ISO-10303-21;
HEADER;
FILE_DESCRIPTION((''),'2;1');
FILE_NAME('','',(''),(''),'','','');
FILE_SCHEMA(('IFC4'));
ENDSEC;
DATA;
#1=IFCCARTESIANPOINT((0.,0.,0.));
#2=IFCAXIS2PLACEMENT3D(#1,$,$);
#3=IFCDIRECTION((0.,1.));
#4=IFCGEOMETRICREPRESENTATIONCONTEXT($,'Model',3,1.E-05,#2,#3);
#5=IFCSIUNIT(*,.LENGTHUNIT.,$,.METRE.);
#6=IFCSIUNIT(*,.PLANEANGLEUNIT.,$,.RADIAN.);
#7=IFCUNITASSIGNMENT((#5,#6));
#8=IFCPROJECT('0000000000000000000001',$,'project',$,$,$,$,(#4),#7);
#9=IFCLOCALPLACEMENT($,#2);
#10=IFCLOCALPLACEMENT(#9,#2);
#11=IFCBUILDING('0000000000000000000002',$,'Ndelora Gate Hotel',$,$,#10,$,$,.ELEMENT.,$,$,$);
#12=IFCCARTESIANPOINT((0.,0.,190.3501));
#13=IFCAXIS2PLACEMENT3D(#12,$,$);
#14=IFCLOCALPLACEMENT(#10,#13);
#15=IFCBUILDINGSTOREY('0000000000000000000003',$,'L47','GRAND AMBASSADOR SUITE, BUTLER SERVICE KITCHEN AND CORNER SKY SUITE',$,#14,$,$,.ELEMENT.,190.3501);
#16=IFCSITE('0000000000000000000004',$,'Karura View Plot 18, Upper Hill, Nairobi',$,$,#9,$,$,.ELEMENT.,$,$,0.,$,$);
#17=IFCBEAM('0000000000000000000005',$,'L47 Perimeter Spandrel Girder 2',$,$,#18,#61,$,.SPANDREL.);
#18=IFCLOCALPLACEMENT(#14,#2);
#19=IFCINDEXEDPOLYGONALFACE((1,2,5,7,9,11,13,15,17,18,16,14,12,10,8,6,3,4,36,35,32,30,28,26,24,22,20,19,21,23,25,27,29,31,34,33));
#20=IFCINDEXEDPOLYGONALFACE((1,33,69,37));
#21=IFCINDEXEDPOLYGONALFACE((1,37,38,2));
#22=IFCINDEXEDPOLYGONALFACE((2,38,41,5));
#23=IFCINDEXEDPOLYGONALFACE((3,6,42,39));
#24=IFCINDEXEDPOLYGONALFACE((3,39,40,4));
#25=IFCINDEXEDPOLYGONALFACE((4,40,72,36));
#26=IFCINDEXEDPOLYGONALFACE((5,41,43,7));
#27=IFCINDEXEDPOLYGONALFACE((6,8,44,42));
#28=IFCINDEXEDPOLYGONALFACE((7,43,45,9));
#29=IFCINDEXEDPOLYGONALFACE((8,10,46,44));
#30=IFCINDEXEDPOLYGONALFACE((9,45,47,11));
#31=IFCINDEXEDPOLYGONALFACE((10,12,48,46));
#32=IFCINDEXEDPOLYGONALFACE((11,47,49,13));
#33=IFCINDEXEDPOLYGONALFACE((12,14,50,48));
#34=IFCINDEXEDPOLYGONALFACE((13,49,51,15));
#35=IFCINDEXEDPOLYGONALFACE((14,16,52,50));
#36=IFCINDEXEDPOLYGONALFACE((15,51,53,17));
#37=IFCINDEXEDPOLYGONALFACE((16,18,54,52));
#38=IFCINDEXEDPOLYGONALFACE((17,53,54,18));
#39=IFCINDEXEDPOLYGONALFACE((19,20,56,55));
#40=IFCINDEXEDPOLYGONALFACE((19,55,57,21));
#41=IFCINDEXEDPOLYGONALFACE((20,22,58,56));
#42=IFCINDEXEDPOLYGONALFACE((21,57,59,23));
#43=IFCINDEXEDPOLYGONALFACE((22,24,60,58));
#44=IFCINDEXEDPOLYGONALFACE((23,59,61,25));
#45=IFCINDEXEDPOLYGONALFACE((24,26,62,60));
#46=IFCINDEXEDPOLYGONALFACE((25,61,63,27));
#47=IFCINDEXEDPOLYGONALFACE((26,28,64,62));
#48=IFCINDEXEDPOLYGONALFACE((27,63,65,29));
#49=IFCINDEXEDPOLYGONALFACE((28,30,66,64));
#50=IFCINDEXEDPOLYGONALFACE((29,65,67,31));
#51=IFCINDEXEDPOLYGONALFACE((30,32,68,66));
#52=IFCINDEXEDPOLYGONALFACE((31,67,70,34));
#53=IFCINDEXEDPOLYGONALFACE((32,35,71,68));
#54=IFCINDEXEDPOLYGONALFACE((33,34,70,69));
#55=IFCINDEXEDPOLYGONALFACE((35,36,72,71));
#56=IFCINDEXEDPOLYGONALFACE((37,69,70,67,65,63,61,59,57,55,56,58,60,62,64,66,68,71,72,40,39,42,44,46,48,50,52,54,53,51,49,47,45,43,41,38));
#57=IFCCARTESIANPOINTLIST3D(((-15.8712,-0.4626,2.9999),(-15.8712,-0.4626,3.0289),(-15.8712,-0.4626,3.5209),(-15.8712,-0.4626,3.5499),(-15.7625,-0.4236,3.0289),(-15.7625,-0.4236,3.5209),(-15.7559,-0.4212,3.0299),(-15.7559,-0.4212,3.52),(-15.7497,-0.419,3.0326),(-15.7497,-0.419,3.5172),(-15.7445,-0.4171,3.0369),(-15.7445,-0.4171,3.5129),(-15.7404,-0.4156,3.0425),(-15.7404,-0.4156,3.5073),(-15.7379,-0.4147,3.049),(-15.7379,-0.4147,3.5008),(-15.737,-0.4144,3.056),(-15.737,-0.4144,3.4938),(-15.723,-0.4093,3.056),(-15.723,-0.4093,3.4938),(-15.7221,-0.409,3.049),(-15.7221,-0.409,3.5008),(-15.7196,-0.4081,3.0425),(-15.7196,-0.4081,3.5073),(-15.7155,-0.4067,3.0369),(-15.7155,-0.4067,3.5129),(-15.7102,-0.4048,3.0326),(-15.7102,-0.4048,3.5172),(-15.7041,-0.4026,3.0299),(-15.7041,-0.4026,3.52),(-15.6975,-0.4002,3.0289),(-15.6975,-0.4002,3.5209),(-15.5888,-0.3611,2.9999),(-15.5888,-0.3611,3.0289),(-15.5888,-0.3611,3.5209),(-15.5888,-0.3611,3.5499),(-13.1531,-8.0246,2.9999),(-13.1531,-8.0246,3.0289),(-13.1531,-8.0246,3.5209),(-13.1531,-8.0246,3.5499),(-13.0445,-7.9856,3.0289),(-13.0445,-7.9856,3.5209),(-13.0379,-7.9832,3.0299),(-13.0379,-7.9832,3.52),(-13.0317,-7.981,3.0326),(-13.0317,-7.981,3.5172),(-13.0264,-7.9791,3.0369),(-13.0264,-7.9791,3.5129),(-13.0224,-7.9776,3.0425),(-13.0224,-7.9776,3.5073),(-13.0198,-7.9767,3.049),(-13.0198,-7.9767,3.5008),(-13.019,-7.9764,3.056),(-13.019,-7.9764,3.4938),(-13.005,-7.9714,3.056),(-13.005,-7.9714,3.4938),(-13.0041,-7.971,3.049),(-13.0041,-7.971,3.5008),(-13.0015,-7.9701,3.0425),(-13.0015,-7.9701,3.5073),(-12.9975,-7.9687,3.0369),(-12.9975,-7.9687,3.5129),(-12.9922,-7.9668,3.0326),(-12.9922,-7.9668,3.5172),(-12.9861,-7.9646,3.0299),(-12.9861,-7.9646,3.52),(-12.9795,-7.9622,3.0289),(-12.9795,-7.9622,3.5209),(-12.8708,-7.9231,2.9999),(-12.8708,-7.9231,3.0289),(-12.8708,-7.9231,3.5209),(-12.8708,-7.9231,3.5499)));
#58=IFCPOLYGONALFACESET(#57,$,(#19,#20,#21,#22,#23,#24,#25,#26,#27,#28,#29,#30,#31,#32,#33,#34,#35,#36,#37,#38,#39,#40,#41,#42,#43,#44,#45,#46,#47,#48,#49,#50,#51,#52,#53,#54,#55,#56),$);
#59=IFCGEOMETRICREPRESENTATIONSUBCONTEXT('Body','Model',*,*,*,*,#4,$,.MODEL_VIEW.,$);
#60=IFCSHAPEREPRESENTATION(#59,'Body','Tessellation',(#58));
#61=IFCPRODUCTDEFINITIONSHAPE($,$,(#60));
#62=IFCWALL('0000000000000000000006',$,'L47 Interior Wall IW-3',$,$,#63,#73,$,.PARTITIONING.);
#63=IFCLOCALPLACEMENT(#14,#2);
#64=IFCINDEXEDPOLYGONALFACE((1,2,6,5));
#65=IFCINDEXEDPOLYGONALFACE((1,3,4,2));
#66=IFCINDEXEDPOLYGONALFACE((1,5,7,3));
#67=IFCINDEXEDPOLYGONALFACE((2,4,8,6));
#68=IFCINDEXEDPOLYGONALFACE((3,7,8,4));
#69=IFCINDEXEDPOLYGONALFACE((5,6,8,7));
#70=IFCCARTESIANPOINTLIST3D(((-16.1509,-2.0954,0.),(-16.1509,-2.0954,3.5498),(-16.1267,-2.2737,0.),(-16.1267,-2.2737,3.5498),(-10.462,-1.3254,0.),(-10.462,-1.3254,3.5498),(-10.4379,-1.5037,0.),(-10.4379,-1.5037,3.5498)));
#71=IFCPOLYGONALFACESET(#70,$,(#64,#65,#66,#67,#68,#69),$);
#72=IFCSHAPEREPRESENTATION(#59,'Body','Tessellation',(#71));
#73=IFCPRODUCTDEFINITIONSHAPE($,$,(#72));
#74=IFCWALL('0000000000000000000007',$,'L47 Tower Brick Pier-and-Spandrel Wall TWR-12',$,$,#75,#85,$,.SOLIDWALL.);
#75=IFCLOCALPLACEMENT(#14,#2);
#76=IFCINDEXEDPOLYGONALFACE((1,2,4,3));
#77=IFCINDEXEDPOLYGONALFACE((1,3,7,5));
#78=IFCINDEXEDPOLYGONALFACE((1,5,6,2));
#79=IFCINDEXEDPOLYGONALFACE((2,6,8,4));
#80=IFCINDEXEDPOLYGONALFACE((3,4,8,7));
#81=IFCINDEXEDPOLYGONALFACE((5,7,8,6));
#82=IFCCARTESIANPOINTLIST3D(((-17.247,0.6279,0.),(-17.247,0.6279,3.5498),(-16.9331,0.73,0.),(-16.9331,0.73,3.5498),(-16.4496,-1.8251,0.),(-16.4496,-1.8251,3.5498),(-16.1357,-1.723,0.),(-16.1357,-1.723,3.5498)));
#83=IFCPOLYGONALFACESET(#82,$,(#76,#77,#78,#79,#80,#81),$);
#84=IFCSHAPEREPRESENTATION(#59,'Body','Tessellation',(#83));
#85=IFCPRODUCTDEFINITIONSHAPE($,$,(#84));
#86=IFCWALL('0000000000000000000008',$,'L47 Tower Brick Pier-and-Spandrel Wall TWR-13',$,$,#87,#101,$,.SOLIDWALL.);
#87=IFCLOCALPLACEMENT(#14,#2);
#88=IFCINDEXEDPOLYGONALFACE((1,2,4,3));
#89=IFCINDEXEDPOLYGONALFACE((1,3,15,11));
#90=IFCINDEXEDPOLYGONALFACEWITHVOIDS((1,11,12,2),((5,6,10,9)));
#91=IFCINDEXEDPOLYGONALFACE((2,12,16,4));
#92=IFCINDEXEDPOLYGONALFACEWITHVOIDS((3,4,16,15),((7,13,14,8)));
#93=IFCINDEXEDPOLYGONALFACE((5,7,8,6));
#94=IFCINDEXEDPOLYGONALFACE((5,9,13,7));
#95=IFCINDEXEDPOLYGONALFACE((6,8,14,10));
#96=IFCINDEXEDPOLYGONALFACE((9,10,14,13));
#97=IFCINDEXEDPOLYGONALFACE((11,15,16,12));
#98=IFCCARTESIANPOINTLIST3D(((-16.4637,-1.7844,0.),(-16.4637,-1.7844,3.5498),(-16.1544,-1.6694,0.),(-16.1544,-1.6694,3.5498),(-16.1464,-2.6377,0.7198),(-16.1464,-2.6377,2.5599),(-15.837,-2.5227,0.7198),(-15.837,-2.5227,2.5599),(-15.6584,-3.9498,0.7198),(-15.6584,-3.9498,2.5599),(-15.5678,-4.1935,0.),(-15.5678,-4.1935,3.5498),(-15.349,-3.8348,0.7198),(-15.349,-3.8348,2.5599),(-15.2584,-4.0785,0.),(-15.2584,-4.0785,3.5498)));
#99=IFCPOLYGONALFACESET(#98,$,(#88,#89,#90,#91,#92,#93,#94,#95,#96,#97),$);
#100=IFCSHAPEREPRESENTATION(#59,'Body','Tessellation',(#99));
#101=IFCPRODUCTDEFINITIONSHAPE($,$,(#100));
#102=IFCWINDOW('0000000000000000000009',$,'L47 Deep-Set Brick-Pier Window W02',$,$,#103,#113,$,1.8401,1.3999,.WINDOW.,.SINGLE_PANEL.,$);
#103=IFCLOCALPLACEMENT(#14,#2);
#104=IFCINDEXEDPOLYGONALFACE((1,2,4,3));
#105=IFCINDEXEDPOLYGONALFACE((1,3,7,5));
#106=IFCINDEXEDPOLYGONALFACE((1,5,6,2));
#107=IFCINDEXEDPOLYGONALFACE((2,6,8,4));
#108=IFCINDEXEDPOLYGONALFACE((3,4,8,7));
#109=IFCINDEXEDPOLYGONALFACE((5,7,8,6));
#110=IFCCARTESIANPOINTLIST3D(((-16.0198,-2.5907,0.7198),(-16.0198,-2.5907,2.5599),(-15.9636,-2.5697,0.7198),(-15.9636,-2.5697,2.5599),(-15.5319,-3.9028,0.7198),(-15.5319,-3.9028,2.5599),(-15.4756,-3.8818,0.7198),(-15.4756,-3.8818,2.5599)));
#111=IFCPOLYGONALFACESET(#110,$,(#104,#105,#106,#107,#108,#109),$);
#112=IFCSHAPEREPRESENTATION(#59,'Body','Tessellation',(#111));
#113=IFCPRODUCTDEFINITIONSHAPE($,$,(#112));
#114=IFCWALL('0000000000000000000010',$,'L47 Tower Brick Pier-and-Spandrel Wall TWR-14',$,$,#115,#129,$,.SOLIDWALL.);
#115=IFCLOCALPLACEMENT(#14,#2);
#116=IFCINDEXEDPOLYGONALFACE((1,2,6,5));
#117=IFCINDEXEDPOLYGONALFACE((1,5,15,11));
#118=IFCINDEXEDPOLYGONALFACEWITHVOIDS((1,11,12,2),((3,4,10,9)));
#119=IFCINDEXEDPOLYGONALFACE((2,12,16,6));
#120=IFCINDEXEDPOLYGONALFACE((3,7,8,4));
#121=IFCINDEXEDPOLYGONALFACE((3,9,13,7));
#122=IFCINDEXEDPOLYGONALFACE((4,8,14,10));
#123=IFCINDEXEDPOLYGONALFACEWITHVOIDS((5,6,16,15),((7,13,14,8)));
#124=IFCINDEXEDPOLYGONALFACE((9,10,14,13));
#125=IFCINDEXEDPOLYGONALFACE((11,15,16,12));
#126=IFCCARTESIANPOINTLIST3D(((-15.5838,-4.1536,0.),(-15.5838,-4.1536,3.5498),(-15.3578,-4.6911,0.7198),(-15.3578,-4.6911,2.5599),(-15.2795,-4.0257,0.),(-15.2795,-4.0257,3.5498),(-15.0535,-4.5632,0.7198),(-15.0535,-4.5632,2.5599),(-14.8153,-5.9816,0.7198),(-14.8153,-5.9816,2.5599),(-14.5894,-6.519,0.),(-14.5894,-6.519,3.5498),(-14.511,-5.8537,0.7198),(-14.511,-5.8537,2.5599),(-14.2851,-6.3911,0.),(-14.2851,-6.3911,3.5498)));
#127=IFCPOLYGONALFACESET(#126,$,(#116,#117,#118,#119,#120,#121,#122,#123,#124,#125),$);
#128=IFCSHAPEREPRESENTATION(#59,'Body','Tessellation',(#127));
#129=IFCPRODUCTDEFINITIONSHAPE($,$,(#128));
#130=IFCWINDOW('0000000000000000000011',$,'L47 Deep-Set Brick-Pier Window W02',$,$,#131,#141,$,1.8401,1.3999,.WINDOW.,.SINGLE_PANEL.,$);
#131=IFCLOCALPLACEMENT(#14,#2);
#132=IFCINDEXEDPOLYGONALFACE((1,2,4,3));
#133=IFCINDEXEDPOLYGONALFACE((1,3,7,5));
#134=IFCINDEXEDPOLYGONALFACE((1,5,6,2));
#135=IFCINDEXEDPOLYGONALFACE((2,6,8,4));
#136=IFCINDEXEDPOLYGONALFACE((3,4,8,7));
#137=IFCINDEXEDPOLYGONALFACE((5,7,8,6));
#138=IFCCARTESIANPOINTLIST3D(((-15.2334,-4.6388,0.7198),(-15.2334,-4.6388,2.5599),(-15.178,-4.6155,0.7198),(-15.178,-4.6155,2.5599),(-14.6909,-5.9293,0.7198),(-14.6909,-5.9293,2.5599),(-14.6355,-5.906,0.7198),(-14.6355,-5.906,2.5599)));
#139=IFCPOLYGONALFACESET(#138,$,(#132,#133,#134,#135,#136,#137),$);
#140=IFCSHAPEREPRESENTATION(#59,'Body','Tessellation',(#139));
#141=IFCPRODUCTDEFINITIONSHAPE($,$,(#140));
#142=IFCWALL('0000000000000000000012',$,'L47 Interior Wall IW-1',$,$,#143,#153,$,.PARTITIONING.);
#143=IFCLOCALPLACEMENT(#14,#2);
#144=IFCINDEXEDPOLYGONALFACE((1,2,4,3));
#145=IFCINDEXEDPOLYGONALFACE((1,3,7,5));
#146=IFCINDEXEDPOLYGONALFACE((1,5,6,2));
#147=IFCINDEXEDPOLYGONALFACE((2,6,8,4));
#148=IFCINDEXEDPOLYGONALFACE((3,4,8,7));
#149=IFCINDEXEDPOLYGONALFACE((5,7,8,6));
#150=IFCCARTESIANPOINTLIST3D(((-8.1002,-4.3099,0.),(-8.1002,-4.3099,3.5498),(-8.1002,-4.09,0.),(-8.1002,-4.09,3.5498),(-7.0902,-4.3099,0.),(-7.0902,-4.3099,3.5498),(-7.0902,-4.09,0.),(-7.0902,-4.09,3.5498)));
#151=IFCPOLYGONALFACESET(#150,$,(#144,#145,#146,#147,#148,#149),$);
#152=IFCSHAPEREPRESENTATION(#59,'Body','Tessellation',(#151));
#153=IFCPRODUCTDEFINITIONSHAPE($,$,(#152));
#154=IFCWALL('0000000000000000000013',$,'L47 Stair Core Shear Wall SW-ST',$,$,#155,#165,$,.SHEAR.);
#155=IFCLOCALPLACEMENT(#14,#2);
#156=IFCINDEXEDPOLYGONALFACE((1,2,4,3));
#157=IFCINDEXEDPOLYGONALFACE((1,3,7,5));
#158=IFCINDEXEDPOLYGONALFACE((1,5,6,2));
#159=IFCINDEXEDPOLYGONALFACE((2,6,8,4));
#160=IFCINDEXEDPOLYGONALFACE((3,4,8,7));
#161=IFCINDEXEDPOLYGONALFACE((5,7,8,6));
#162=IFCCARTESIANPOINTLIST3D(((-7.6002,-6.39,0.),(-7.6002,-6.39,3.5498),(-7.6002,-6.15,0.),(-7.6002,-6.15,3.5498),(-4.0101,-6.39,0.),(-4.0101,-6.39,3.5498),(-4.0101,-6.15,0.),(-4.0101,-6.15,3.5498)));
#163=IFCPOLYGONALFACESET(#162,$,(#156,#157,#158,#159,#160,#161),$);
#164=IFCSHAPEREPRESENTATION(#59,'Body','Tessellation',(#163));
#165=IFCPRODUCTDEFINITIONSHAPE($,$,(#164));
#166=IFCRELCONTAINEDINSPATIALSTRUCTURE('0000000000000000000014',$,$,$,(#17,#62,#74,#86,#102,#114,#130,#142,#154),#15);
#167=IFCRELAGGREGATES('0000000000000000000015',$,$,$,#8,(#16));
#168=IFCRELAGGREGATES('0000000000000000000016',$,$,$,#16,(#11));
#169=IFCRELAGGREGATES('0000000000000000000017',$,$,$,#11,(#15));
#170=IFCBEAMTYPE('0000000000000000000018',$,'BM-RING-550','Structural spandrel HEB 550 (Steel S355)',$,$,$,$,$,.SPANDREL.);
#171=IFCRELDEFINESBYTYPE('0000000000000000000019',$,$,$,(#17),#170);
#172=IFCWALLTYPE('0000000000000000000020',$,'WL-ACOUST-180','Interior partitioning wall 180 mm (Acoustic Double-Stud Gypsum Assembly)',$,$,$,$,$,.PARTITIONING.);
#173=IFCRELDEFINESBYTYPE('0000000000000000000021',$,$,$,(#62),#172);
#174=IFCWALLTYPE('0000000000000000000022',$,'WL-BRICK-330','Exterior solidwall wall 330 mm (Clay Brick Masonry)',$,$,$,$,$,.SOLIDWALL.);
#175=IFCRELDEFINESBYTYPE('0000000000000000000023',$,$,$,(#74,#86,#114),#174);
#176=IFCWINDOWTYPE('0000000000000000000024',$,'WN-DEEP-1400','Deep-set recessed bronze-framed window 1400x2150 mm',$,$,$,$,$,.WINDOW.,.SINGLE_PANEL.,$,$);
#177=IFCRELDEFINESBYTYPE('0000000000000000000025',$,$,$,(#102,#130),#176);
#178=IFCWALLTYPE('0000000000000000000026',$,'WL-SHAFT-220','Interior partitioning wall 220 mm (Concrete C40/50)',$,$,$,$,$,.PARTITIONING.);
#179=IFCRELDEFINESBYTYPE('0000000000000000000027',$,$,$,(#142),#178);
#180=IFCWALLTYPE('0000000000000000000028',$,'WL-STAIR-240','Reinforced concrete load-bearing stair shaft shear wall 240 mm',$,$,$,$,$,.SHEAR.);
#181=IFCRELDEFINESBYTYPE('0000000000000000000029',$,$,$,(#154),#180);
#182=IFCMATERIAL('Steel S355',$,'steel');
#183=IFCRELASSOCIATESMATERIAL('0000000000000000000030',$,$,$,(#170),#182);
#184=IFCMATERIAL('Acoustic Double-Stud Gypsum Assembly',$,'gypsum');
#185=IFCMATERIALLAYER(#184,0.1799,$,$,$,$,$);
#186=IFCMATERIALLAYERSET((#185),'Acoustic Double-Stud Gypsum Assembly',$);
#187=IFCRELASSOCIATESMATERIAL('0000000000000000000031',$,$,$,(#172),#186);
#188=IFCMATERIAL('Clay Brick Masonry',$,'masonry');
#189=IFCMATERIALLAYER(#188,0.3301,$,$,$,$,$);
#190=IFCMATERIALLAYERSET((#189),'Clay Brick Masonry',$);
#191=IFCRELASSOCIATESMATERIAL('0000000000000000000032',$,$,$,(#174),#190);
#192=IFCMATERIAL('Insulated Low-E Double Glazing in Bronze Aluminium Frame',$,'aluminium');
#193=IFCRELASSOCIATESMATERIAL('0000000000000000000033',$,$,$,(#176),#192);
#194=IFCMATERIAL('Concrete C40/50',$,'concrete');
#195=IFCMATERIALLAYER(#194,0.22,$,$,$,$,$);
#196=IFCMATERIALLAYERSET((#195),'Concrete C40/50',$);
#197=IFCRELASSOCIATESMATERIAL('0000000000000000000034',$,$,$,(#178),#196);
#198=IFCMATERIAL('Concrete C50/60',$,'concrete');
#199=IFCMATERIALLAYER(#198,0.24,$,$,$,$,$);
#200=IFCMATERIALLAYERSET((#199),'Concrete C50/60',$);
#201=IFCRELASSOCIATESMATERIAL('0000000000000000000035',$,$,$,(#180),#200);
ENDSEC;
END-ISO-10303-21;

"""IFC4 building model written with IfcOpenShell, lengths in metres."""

from ifc_helpers import new_model, si_unit, direction, frame, frame_2d, origin, origin_2d, place, context, subcontext, project, spatial, rectangle, i_section, extrude, material, layer, layer_set, material_profile, profile_set, type_object, element, fill, save


model = new_model("IFC4")

# Units and contexts
model_context = context("Model", 3, precision=1e-05, world=origin(), true_north=direction((0.0, 1.0)))
body_context = subcontext(model_context, "Body", "Model", "MODEL_VIEW")
ifc_project = project(units=[si_unit("LENGTHUNIT", "METRE"), si_unit("PLANEANGLEUNIT", "RADIAN")], contexts=[model_context])

# Site, building, storey
site_placement = place(None, origin())
site = spatial("IfcSite", under=ifc_project, at=site_placement, Name="Karura View Plot 18, Upper Hill, Nairobi", CompositionType="ELEMENT", RefElevation=0.0)
building_placement = place(site_placement, origin())
building = spatial("IfcBuilding", under=site, at=building_placement, Name="Ndelora Gate Hotel", CompositionType="ELEMENT")
storey_placement = place(building_placement, frame((0.0, 0.0, 190.3501)))
storey = spatial("IfcBuildingStorey", under=building, at=storey_placement, Name="L47", Description="GRAND AMBASSADOR SUITE, BUTLER SERVICE KITCHEN AND CORNER SKY SUITE", CompositionType="ELEMENT", Elevation=190.3501)

# Shared definitions
ifc_material_1 = material(Name="Concrete C50/60", Category="concrete")

# Beam
ifc_material_2 = material(Name="Steel S355", Category="steel")
ifc_material_profile_1 = material_profile(ifc_material_2, i_section(OverallWidth=0.3, OverallDepth=0.55, WebThickness=0.0149, FlangeThickness=0.0291, FilletRadius=0.0271, at=origin_2d()), Name="HEB 550")
ifc_profile_set_1 = profile_set([ifc_material_profile_1], Name="Steel S355")
beam_type_1 = type_object("IfcBeamType", Name="BM-RING-550", Description="Structural spandrel HEB 550 (Steel S355)", PredefinedType="SPANDREL", material=ifc_profile_set_1)
beam_1_placement = place(storey_placement, frame((-15.73, -0.4119, 3.2749), z_axis=(0.338245, -0.941058, 0.0), x_axis=(0.941058, 0.338245, 0.0)))
element("IfcBeam", 1, at=beam_1_placement, inside=storey, type_object=beam_type_1, Name="L47 Perimeter Spandrel Girder 2", PredefinedType="SPANDREL", context=body_context, shape_type="SweptSolid", body=[
    extrude(i_section(OverallWidth=0.3, OverallDepth=0.55, WebThickness=0.0149, FlangeThickness=0.0291, FilletRadius=0.0271, at=origin_2d()), origin(), (0.0, 0.0, 1.0), 8.0356),
])

# Walls
ifc_material_3 = material(Name="Acoustic Double-Stud Gypsum Assembly", Category="gypsum")
ifc_layer_1 = layer(ifc_material_3, 0.1799)
ifc_layer_set_1 = layer_set([ifc_layer_1], Name="Acoustic Double-Stud Gypsum Assembly")
wall_type_1 = type_object("IfcWallType", Name="WL-ACOUST-180", Description="Interior partitioning wall 180 mm (Acoustic Double-Stud Gypsum Assembly)", PredefinedType="PARTITIONING", material=ifc_layer_set_1)
wall_1_placement = place(storey_placement, frame((-10.45, -1.4146, 0.0), z_axis=(0.0, 0.0, 1.0), x_axis=(-0.990964, -0.13413, 0.0)))
element("IfcWall", 2, at=wall_1_placement, inside=storey, type_object=wall_type_1, Name="L47 Interior Wall IW-3", PredefinedType="PARTITIONING", context=body_context, shape_type="SweptSolid", body=[
    extrude(rectangle(XDim=5.7407, YDim=0.1799, at=frame_2d((2.8704, 0.0))), origin(), (0.0, 0.0, 1.0), 3.5498),
])
ifc_material_4 = material(Name="Clay Brick Masonry", Category="masonry")
ifc_layer_2 = layer(ifc_material_4, 0.3301)
ifc_layer_set_2 = layer_set([ifc_layer_2], Name="Clay Brick Masonry")
wall_type_2 = type_object("IfcWallType", Name="WL-BRICK-330", Description="Exterior solidwall wall 330 mm (Clay Brick Masonry)", PredefinedType="SOLIDWALL", material=ifc_layer_set_2)
wall_2_placement = place(storey_placement, frame((-16.2927, -1.7739, 0.0), z_axis=(0.0, 0.0, 1.0), x_axis=(-0.309148, 0.951014, 0.0)))
element("IfcWall", 3, at=wall_2_placement, inside=storey, type_object=wall_type_2, Name="L47 Tower Brick Pier-and-Spandrel Wall TWR-12", PredefinedType="SOLIDWALL", context=body_context, shape_type="SweptSolid", body=[
    extrude(rectangle(XDim=2.5793, YDim=0.3301, at=frame_2d((1.2896, 0.0))), origin(), (0.0, 0.0, 1.0), 3.5498),
])

# Walls, openings, windows
wall_3_placement = place(storey_placement, frame((-15.4131, -4.136, 0.0), z_axis=(0.0, 0.0, 1.0), x_axis=(-0.348582, 0.937278, 0.0)))
wall_3 = element("IfcWall", 4, at=wall_3_placement, inside=storey, type_object=wall_type_2, Name="L47 Tower Brick Pier-and-Spandrel Wall TWR-13", PredefinedType="SOLIDWALL", context=body_context, shape_type="SweptSolid", body=[
    extrude(rectangle(XDim=2.5703, YDim=0.3301, at=frame_2d((1.2852, 0.0))), origin(), (0.0, 0.0, 1.0), 3.5498),
])
opening_1_placement = place(wall_3_placement, frame((0.26, 0.0, 0.72)))
opening_1 = element("IfcOpeningElement", 5, at=opening_1_placement, cuts=wall_3, PredefinedType="OPENING", context=body_context, shape_type="SweptSolid", body=[
    extrude(rectangle(XDim=1.3999, YDim=1.8401, at=frame_2d((0.7, 0.9199))), frame((0.0, 0.175, 0.0), z_axis=(0.0, -1.0, 0.0), x_axis=(1.0, 0.0, 0.0)), (0.0, 0.0, 1.0), 0.3501),
])
ifc_material_5 = material(Name="Insulated Low-E Double Glazing in Bronze Aluminium Frame", Category="aluminium")
window_type = type_object("IfcWindowType", Name="WN-DEEP-1400", Description="Deep-set recessed bronze-framed window 1400x2150 mm", PartitioningType="SINGLE_PANEL", PredefinedType="WINDOW", material=ifc_material_5)
window_1_placement = place(opening_1_placement, origin())
window_1 = element("IfcWindow", 6, at=window_1_placement, inside=storey, type_object=window_type, Name="L47 Deep-Set Brick-Pier Window W02", OverallHeight=1.8401, OverallWidth=1.3999, PartitioningType="SINGLE_PANEL", PredefinedType="WINDOW", context=body_context, shape_type="SweptSolid", body=[
    extrude(rectangle(XDim=1.3999, YDim=1.8401, at=frame_2d((0.7, 0.9199))), frame((0.0, 0.03, 0.0), z_axis=(0.0, -1.0, 0.0), x_axis=(1.0, 0.0, 0.0)), (0.0, 0.0, 1.0), 0.0601),
])
fill(opening_1, window_1)
wall_4_placement = place(storey_placement, frame((-14.4373, -6.4551, 0.0), z_axis=(0.0, 0.0, 1.0), x_axis=(-0.387525, 0.921859, 0.0)))
wall_4 = element("IfcWall", 7, at=wall_4_placement, inside=storey, type_object=wall_type_2, Name="L47 Tower Brick Pier-and-Spandrel Wall TWR-14", PredefinedType="SOLIDWALL", context=body_context, shape_type="SweptSolid", body=[
    extrude(rectangle(XDim=2.5659, YDim=0.3301, at=frame_2d((1.283, 0.0))), origin(), (0.0, 0.0, 1.0), 3.5498),
])
opening_2_placement = place(wall_4_placement, frame((0.583, 0.0, 0.72)))
opening_2 = element("IfcOpeningElement", 8, at=opening_2_placement, cuts=wall_4, PredefinedType="OPENING", context=body_context, shape_type="SweptSolid", body=[
    extrude(rectangle(XDim=1.3999, YDim=1.8401, at=frame_2d((0.7, 0.9199))), frame((0.0, 0.175, 0.0), z_axis=(0.0, -1.0, 0.0), x_axis=(1.0, 0.0, 0.0)), (0.0, 0.0, 1.0), 0.3501),
])
window_2_placement = place(opening_2_placement, origin())
window_2 = element("IfcWindow", 9, at=window_2_placement, inside=storey, type_object=window_type, Name="L47 Deep-Set Brick-Pier Window W02", OverallHeight=1.8401, OverallWidth=1.3999, PartitioningType="SINGLE_PANEL", PredefinedType="WINDOW", context=body_context, shape_type="SweptSolid", body=[
    extrude(rectangle(XDim=1.3999, YDim=1.8401, at=frame_2d((0.7, 0.9199))), frame((0.0, 0.03, 0.0), z_axis=(0.0, -1.0, 0.0), x_axis=(1.0, 0.0, 0.0)), (0.0, 0.0, 1.0), 0.0601),
])
fill(opening_2, window_2)

# Walls
ifc_material_6 = material(Name="Concrete C40/50", Category="concrete")
ifc_layer_3 = layer(ifc_material_6, 0.22)
ifc_layer_set_3 = layer_set([ifc_layer_3], Name="Concrete C40/50")
wall_type_3 = type_object("IfcWallType", Name="WL-SHAFT-220", Description="Interior partitioning wall 220 mm (Concrete C40/50)", PredefinedType="PARTITIONING", material=ifc_layer_set_3)
wall_5_placement = place(storey_placement, frame((-8.1001, -4.2, 0.0), z_axis=(0.0, 0.0, 1.0), x_axis=(1.0, 0.0, 0.0)))
element("IfcWall", 10, at=wall_5_placement, inside=storey, type_object=wall_type_3, Name="L47 Interior Wall IW-1", PredefinedType="PARTITIONING", context=body_context, shape_type="SweptSolid", body=[
    extrude(rectangle(XDim=1.01, YDim=0.22, at=frame_2d((0.5049, 0.0))), origin(), (0.0, 0.0, 1.0), 3.5498),
])
ifc_layer_4 = layer(ifc_material_1, 0.24)
ifc_layer_set_4 = layer_set([ifc_layer_4], Name="Concrete C50/60")
wall_type_4 = type_object("IfcWallType", Name="WL-STAIR-240", Description="Reinforced concrete load-bearing stair shaft shear wall 240 mm", PredefinedType="SHEAR", material=ifc_layer_set_4)
wall_6_placement = place(storey_placement, frame((-7.6001, -6.27, 0.0), z_axis=(0.0, 0.0, 1.0), x_axis=(1.0, 0.0, 0.0)))
element("IfcWall", 11, at=wall_6_placement, inside=storey, type_object=wall_type_4, Name="L47 Stair Core Shear Wall SW-ST", PredefinedType="SHEAR", context=body_context, shape_type="SweptSolid", body=[
    extrude(rectangle(XDim=3.5901, YDim=0.24, at=frame_2d((1.7949, 0.0))), origin(), (0.0, 0.0, 1.0), 3.5498),
])

save(model, "model.ifc")
